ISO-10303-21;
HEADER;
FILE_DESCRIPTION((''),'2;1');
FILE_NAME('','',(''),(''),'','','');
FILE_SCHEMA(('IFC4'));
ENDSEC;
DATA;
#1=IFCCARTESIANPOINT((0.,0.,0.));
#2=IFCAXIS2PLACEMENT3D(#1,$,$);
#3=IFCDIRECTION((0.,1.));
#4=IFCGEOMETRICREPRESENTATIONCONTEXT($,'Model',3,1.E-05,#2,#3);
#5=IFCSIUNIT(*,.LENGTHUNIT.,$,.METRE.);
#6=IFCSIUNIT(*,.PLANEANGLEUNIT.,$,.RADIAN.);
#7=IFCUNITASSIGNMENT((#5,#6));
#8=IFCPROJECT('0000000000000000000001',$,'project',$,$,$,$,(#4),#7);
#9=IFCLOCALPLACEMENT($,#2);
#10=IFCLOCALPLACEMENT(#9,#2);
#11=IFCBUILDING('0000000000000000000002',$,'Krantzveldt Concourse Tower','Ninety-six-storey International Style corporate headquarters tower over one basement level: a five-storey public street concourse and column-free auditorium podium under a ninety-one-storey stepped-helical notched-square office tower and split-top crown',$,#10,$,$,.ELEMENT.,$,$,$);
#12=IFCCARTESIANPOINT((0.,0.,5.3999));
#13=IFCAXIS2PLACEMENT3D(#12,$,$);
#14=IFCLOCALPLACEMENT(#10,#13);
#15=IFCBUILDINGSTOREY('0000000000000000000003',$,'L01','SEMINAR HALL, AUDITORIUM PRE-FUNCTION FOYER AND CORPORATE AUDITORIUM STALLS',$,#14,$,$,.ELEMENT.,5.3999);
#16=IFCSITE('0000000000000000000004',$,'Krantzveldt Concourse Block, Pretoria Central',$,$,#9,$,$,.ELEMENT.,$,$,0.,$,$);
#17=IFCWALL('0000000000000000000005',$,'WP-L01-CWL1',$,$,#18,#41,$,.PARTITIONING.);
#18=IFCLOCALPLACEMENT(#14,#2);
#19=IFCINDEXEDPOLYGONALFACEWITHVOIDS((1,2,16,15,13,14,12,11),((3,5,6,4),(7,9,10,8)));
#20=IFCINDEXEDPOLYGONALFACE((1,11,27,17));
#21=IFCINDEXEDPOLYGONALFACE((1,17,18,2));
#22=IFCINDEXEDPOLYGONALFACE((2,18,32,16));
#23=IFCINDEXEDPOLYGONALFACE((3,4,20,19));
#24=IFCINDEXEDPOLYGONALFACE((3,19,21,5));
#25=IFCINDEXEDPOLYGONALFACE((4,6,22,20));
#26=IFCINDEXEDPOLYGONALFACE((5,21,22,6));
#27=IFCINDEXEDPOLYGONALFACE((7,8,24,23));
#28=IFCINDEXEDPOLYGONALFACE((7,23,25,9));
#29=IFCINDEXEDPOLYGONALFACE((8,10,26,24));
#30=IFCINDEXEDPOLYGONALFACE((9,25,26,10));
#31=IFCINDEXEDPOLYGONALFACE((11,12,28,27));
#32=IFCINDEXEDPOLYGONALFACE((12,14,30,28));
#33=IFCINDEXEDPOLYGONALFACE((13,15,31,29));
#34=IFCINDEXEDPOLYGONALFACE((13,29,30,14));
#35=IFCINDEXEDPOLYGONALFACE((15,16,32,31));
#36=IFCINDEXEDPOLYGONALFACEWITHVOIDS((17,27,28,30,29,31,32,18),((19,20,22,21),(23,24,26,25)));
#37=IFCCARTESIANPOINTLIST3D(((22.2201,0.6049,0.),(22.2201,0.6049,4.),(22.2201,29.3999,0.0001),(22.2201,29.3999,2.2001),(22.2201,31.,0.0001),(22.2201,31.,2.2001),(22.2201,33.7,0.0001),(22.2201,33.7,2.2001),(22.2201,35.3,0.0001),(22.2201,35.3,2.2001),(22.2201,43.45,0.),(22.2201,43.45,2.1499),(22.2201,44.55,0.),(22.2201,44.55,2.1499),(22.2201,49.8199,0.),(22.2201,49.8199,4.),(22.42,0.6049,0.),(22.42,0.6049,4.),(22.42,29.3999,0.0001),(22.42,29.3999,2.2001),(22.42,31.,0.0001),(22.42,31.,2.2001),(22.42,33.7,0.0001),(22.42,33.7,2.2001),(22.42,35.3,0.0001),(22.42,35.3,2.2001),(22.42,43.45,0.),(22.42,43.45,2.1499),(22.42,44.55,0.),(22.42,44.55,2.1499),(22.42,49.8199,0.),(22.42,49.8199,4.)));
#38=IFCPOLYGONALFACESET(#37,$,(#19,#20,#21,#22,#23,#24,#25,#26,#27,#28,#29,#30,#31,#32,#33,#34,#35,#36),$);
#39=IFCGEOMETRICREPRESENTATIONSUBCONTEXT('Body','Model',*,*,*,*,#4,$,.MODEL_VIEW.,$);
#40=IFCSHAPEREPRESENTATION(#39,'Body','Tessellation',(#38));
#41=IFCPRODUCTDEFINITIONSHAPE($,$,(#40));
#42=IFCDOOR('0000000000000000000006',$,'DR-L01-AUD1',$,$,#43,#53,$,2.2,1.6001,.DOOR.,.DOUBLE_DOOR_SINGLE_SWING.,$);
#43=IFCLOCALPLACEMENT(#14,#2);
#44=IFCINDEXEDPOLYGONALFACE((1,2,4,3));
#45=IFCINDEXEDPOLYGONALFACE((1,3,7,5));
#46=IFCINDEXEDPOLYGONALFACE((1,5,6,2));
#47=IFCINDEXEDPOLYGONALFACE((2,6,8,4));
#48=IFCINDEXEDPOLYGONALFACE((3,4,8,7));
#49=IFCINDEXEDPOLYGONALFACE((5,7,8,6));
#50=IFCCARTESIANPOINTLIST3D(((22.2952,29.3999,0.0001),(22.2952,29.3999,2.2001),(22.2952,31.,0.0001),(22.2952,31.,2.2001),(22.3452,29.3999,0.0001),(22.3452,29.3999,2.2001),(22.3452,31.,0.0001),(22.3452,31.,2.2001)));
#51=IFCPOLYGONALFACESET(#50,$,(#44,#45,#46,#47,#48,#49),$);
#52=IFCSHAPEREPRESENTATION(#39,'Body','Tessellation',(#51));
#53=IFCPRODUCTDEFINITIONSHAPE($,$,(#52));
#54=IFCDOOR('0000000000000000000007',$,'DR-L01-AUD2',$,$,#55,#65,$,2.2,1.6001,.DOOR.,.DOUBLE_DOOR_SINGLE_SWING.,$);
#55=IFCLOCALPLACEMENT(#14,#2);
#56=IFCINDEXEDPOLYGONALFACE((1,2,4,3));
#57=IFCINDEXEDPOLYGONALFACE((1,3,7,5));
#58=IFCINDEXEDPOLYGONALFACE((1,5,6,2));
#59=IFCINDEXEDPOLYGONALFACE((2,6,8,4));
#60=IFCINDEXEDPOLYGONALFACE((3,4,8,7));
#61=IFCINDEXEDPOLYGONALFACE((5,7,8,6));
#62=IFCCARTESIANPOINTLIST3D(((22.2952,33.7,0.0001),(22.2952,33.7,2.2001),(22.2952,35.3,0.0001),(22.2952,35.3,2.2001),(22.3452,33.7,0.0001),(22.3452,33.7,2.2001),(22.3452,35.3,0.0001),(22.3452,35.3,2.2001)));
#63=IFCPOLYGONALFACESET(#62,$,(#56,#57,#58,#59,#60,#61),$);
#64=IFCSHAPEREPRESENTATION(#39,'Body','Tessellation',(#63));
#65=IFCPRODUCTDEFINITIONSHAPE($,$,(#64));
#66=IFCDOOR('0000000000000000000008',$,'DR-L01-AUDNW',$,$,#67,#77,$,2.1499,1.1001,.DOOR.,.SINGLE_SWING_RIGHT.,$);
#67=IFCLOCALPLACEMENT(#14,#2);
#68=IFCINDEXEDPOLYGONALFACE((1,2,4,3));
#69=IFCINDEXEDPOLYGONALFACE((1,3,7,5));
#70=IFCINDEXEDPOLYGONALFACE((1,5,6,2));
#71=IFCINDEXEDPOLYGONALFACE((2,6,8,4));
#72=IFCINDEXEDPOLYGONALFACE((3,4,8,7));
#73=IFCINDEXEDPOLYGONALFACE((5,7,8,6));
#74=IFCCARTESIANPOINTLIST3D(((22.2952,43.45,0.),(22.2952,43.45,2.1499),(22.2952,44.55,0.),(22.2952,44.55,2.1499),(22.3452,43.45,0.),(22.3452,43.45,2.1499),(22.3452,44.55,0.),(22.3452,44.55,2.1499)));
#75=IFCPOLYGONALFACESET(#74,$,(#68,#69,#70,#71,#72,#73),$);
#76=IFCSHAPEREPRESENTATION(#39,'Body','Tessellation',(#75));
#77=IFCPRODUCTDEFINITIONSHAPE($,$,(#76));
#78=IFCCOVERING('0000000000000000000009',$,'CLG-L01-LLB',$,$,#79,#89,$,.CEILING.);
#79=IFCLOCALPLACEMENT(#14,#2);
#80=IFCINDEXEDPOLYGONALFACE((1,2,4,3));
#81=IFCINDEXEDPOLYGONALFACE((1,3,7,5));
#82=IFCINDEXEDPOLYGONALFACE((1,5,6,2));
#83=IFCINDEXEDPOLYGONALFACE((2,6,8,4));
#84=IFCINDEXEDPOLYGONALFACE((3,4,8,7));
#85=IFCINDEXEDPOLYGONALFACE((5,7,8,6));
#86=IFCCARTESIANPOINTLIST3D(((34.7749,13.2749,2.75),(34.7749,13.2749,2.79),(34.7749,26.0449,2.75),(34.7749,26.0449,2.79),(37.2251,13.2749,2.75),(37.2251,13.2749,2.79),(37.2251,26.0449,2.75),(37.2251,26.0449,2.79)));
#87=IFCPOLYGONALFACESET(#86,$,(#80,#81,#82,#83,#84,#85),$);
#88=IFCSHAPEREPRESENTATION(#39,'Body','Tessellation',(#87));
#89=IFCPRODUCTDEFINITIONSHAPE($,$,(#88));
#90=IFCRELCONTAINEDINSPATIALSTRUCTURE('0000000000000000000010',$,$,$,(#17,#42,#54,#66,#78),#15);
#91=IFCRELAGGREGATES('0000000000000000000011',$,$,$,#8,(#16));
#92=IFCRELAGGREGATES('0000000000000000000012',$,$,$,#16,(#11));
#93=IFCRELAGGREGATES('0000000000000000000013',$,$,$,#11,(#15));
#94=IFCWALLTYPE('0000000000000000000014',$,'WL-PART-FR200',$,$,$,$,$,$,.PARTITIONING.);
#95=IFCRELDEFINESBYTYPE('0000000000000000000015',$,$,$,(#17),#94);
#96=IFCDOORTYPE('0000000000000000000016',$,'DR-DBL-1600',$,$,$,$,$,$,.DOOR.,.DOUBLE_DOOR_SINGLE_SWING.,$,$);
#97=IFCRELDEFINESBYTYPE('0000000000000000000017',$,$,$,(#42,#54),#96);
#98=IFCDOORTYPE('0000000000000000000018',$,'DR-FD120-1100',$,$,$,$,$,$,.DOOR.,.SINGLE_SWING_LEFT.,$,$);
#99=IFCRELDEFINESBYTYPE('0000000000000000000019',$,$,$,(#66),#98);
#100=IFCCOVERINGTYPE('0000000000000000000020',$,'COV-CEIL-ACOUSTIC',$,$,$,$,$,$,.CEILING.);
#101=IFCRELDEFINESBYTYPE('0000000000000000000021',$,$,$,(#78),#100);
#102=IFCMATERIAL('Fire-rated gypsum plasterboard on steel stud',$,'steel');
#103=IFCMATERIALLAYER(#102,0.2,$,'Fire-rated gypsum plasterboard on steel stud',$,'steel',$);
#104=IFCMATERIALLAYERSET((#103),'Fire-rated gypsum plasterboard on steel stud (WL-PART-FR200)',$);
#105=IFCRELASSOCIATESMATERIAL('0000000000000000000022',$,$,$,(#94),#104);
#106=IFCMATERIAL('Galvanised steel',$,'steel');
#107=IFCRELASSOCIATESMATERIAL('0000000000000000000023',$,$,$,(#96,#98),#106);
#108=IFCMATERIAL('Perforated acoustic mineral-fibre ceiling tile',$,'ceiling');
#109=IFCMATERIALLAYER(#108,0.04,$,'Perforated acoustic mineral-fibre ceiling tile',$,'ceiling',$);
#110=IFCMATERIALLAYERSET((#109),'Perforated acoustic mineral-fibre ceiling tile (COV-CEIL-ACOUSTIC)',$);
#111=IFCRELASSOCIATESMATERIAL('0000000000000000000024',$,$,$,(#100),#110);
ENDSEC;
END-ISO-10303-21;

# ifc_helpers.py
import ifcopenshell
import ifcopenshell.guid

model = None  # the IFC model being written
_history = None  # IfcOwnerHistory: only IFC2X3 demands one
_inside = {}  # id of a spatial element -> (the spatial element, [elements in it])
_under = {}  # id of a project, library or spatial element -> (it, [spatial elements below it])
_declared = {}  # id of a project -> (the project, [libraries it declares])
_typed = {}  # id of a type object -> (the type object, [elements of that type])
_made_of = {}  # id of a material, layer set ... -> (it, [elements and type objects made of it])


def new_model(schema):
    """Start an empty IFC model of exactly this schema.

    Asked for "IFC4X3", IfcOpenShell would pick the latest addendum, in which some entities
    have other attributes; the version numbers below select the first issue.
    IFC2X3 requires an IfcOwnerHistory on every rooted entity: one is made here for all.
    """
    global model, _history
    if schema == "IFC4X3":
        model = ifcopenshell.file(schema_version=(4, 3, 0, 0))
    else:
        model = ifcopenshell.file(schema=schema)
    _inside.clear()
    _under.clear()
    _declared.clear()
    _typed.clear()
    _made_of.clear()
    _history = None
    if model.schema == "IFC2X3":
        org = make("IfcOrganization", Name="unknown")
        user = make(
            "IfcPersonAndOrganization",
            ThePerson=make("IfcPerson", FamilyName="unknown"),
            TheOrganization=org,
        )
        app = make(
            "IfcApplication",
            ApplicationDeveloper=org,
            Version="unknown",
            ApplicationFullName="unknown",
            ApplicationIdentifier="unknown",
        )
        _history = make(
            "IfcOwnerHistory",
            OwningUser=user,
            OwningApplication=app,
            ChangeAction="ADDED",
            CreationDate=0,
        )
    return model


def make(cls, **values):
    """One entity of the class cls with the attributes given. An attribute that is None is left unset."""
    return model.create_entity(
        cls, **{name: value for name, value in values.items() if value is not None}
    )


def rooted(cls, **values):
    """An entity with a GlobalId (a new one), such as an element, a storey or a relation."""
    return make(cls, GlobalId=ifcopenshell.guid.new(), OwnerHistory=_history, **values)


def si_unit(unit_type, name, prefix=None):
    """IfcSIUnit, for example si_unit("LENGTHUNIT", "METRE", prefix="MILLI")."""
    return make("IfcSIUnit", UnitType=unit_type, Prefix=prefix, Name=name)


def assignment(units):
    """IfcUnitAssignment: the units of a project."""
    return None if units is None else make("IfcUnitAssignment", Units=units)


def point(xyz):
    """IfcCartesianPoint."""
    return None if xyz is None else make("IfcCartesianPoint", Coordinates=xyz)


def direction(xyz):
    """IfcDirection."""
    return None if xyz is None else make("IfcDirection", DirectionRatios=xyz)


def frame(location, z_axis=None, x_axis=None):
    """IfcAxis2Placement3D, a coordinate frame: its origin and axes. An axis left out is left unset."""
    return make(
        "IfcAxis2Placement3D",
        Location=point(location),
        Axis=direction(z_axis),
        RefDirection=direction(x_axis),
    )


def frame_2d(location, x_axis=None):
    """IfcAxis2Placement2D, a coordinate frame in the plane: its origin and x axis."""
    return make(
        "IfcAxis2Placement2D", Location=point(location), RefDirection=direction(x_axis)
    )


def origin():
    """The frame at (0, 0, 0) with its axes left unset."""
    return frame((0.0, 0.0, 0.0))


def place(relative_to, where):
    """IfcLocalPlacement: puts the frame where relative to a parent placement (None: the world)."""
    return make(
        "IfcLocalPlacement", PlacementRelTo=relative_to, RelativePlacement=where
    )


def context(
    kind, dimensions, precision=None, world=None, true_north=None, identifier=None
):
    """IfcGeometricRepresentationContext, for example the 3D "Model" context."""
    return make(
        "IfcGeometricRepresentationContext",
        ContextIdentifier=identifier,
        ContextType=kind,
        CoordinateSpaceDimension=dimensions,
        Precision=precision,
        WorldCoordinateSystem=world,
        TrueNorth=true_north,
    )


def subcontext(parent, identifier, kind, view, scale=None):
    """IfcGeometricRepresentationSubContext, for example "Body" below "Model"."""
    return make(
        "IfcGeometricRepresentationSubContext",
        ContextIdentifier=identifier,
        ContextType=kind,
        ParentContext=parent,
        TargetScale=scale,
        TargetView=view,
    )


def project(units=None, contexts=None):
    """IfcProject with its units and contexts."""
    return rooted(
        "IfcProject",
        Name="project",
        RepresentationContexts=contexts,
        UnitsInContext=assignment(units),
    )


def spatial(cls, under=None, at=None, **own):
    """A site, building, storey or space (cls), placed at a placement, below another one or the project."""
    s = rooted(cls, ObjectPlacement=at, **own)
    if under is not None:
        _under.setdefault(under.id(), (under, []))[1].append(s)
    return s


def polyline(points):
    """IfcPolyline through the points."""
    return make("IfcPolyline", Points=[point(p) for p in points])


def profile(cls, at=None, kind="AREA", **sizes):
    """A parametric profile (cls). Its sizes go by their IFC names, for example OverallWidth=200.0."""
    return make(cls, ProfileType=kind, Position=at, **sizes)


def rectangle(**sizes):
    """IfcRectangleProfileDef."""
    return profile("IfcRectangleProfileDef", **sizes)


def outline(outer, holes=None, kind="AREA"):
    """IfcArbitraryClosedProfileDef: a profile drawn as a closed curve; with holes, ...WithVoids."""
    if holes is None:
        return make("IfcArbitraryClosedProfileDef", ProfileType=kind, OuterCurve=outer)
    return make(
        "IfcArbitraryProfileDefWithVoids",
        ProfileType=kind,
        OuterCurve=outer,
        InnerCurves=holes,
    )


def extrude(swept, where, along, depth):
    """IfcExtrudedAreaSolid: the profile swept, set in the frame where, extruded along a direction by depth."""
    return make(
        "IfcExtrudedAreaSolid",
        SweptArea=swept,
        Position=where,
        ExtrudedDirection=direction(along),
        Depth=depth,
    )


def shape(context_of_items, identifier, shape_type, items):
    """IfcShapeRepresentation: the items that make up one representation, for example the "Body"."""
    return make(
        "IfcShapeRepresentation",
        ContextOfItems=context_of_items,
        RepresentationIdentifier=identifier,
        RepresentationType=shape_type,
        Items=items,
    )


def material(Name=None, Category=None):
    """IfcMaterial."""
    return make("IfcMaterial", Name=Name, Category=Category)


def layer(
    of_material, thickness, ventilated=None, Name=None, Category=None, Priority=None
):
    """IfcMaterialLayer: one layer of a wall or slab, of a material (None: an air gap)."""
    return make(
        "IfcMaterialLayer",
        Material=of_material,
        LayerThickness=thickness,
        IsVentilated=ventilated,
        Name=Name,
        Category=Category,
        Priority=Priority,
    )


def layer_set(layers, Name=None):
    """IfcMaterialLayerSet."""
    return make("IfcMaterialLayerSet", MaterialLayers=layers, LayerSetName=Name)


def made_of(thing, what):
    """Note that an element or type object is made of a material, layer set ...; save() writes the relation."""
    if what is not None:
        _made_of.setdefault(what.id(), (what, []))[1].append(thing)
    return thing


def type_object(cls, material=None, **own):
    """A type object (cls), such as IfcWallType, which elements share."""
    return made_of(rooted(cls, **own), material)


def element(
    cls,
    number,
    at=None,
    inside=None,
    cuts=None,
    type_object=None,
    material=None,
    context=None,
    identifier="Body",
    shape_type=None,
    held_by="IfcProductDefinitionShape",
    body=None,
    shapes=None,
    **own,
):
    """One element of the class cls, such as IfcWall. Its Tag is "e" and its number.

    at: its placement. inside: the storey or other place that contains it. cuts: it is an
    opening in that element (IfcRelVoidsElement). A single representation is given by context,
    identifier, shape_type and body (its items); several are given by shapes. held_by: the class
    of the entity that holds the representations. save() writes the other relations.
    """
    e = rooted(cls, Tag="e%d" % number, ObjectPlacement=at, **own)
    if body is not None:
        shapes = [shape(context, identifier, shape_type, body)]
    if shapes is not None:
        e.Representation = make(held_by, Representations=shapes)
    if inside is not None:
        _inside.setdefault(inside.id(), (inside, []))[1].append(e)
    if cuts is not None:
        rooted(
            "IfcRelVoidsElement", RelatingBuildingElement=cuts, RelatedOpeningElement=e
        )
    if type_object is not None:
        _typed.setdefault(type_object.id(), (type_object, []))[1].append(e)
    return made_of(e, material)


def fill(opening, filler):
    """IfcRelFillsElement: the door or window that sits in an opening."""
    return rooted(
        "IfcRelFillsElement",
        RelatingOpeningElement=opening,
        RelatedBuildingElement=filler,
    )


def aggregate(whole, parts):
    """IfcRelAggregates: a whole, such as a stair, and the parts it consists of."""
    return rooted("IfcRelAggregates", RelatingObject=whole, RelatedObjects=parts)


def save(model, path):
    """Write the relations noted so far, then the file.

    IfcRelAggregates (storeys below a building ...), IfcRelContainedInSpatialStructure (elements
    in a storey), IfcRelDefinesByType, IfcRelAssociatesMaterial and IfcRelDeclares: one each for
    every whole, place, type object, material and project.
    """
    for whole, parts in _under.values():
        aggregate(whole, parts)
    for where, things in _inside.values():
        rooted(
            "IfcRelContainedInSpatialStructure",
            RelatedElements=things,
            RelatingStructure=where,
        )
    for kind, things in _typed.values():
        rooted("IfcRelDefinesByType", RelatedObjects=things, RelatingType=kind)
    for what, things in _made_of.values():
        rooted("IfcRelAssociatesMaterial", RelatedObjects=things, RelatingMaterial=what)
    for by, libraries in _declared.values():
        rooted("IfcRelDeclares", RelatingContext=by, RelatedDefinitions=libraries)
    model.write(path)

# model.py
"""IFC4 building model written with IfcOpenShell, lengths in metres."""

from ifc_helpers import new_model, si_unit, direction, frame, frame_2d, origin, place, context, subcontext, project, spatial, polyline, rectangle, outline, extrude, material, layer, layer_set, type_object, element, fill, save


model = new_model("IFC4")

# Units and contexts
model_context = context("Model", 3, precision=1e-05, world=origin(), true_north=direction((0.0, 1.0)))
body_context = subcontext(model_context, "Body", "Model", "MODEL_VIEW")
ifc_project = project(units=[si_unit("LENGTHUNIT", "METRE"), si_unit("PLANEANGLEUNIT", "RADIAN")], contexts=[model_context])

# Site, building, storey
site_placement = place(None, origin())
site = spatial("IfcSite", under=ifc_project, at=site_placement, Name="Krantzveldt Concourse Block, Pretoria Central", CompositionType="ELEMENT", RefElevation=0.0)
building_placement = place(site_placement, origin())
building = spatial("IfcBuilding", under=site, at=building_placement, Name="Krantzveldt Concourse Tower", Description="Ninety-six-storey International Style corporate headquarters tower over one basement level: a five-storey public street concourse and column-free auditorium podium under a ninety-one-storey stepped-helical notched-square office tower and split-top crown", CompositionType="ELEMENT")
storey_placement = place(building_placement, frame((0.0, 0.0, 5.3999)))
storey = spatial("IfcBuildingStorey", under=building, at=storey_placement, Name="L01", Description="SEMINAR HALL, AUDITORIUM PRE-FUNCTION FOYER AND CORPORATE AUDITORIUM STALLS", CompositionType="ELEMENT", Elevation=5.3999)

# Shared definitions
ifc_material_1 = material(Name="Fire-rated gypsum plasterboard on steel stud", Category="steel")

# Wall, openings, doors
ifc_layer_1 = layer(ifc_material_1, 0.2, Name="Fire-rated gypsum plasterboard on steel stud", Category="steel")
ifc_layer_set_1 = layer_set([ifc_layer_1], Name="Fire-rated gypsum plasterboard on steel stud (WL-PART-FR200)")
wall_type_1 = type_object("IfcWallType", Name="WL-PART-FR200", PredefinedType="PARTITIONING", material=ifc_layer_set_1)
wall_1_placement = place(storey_placement, frame((22.3201, 0.605, 0.0), z_axis=(0.0, 0.0, 1.0), x_axis=(0.0, 1.0, 0.0)))
wall_1 = element("IfcWall", 1, at=wall_1_placement, inside=storey, type_object=wall_type_1, Name="WP-L01-CWL1", PredefinedType="PARTITIONING", context=body_context, shape_type="SweptSolid", body=[
    extrude(rectangle(XDim=49.2151, YDim=0.2, at=frame_2d((24.6074, 0.0))), origin(), (0.0, 0.0, 1.0), 4.0),
])
opening_1_placement = place(wall_1_placement, frame((28.7949, 0.0, 0.0)))
opening_1 = element("IfcOpeningElement", 2, at=opening_1_placement, cuts=wall_1, PredefinedType="OPENING", context=body_context, shape_type="SweptSolid", body=[
    extrude(rectangle(XDim=1.6001, YDim=2.2, at=frame_2d((0.8, 1.1001))), frame((0.0, 0.1099, 0.0), z_axis=(0.0, -1.0, 0.0), x_axis=(1.0, 0.0, 0.0)), (0.0, 0.0, 1.0), 0.22),
])
opening_2_placement = place(wall_1_placement, frame((33.095, 0.0, 0.0)))
opening_2 = element("IfcOpeningElement", 3, at=opening_2_placement, cuts=wall_1, PredefinedType="OPENING", context=body_context, shape_type="SweptSolid", body=[
    extrude(rectangle(XDim=1.6001, YDim=2.2, at=frame_2d((0.8, 1.1001))), frame((0.0, 0.1099, 0.0), z_axis=(0.0, -1.0, 0.0), x_axis=(1.0, 0.0, 0.0)), (0.0, 0.0, 1.0), 0.22),
])
opening_3_placement = place(wall_1_placement, frame((42.845, 0.0, 0.0)))
opening_3 = element("IfcOpeningElement", 4, at=opening_3_placement, cuts=wall_1, PredefinedType="OPENING", context=body_context, shape_type="SweptSolid", body=[
    extrude(rectangle(XDim=1.1001, YDim=2.1499, at=frame_2d((0.55, 1.075))), frame((0.0, 0.1099, 0.0), z_axis=(0.0, -1.0, 0.0), x_axis=(1.0, 0.0, 0.0)), (0.0, 0.0, 1.0), 0.22),
])
ifc_material_2 = material(Name="Galvanised steel", Category="steel")
door_type_1 = type_object("IfcDoorType", Name="DR-DBL-1600", OperationType="DOUBLE_DOOR_SINGLE_SWING", PredefinedType="DOOR", material=ifc_material_2)
door_1_placement = place(opening_1_placement, origin())
door_1 = element("IfcDoor", 5, at=door_1_placement, inside=storey, type_object=door_type_1, Name="DR-L01-AUD1", OperationType="DOUBLE_DOOR_SINGLE_SWING", OverallHeight=2.2, OverallWidth=1.6001, PredefinedType="DOOR", context=body_context, shape_type="SweptSolid", body=[
    extrude(rectangle(XDim=1.6001, YDim=2.2, at=frame_2d((0.8, 1.1001))), frame((0.0, 0.0249, 0.0), z_axis=(0.0, -1.0, 0.0), x_axis=(1.0, 0.0, 0.0)), (0.0, 0.0, 1.0), 0.05),
])
fill(opening_1, door_1)
door_2_placement = place(opening_2_placement, origin())
door_2 = element("IfcDoor", 6, at=door_2_placement, inside=storey, type_object=door_type_1, Name="DR-L01-AUD2", OperationType="DOUBLE_DOOR_SINGLE_SWING", OverallHeight=2.2, OverallWidth=1.6001, PredefinedType="DOOR", context=body_context, shape_type="SweptSolid", body=[
    extrude(rectangle(XDim=1.6001, YDim=2.2, at=frame_2d((0.8, 1.1001))), frame((0.0, 0.0249, 0.0), z_axis=(0.0, -1.0, 0.0), x_axis=(1.0, 0.0, 0.0)), (0.0, 0.0, 1.0), 0.05),
])
fill(opening_2, door_2)
door_type_2 = type_object("IfcDoorType", Name="DR-FD120-1100", OperationType="SINGLE_SWING_LEFT", PredefinedType="DOOR", material=ifc_material_2)
door_3_placement = place(opening_3_placement, origin())
door_3 = element("IfcDoor", 7, at=door_3_placement, inside=storey, type_object=door_type_2, Name="DR-L01-AUDNW", OperationType="SINGLE_SWING_RIGHT", OverallHeight=2.1499, OverallWidth=1.1001, PredefinedType="DOOR", context=body_context, shape_type="SweptSolid", body=[
    extrude(rectangle(XDim=1.1001, YDim=2.1499, at=frame_2d((0.55, 1.075))), frame((0.0, 0.0249, 0.0), z_axis=(0.0, -1.0, 0.0), x_axis=(1.0, 0.0, 0.0)), (0.0, 0.0, 1.0), 0.05),
])
fill(opening_3, door_3)

# Covering
ifc_material_3 = material(Name="Perforated acoustic mineral-fibre ceiling tile", Category="ceiling")
ifc_layer_2 = layer(ifc_material_3, 0.04, Name="Perforated acoustic mineral-fibre ceiling tile", Category="ceiling")
ifc_layer_set_2 = layer_set([ifc_layer_2], Name="Perforated acoustic mineral-fibre ceiling tile (COV-CEIL-ACOUSTIC)")
covering_type = type_object("IfcCoveringType", Name="COV-CEIL-ACOUSTIC", PredefinedType="CEILING", material=ifc_layer_set_2)
covering_placement = place(storey_placement, frame((0.0, 0.0, 2.75)))
element("IfcCovering", 8, at=covering_placement, inside=storey, type_object=covering_type, Name="CLG-L01-LLB", PredefinedType="CEILING", context=body_context, shape_type="SweptSolid", body=[
    extrude(outline(polyline([(34.7749, 13.2749), (34.7749, 26.0449), (37.2251, 26.0449), (37.2251, 13.2749), (34.7749, 13.2749)])), origin(), (0.0, 0.0, 1.0), 0.04),
])

save(model, "model.ifc")
